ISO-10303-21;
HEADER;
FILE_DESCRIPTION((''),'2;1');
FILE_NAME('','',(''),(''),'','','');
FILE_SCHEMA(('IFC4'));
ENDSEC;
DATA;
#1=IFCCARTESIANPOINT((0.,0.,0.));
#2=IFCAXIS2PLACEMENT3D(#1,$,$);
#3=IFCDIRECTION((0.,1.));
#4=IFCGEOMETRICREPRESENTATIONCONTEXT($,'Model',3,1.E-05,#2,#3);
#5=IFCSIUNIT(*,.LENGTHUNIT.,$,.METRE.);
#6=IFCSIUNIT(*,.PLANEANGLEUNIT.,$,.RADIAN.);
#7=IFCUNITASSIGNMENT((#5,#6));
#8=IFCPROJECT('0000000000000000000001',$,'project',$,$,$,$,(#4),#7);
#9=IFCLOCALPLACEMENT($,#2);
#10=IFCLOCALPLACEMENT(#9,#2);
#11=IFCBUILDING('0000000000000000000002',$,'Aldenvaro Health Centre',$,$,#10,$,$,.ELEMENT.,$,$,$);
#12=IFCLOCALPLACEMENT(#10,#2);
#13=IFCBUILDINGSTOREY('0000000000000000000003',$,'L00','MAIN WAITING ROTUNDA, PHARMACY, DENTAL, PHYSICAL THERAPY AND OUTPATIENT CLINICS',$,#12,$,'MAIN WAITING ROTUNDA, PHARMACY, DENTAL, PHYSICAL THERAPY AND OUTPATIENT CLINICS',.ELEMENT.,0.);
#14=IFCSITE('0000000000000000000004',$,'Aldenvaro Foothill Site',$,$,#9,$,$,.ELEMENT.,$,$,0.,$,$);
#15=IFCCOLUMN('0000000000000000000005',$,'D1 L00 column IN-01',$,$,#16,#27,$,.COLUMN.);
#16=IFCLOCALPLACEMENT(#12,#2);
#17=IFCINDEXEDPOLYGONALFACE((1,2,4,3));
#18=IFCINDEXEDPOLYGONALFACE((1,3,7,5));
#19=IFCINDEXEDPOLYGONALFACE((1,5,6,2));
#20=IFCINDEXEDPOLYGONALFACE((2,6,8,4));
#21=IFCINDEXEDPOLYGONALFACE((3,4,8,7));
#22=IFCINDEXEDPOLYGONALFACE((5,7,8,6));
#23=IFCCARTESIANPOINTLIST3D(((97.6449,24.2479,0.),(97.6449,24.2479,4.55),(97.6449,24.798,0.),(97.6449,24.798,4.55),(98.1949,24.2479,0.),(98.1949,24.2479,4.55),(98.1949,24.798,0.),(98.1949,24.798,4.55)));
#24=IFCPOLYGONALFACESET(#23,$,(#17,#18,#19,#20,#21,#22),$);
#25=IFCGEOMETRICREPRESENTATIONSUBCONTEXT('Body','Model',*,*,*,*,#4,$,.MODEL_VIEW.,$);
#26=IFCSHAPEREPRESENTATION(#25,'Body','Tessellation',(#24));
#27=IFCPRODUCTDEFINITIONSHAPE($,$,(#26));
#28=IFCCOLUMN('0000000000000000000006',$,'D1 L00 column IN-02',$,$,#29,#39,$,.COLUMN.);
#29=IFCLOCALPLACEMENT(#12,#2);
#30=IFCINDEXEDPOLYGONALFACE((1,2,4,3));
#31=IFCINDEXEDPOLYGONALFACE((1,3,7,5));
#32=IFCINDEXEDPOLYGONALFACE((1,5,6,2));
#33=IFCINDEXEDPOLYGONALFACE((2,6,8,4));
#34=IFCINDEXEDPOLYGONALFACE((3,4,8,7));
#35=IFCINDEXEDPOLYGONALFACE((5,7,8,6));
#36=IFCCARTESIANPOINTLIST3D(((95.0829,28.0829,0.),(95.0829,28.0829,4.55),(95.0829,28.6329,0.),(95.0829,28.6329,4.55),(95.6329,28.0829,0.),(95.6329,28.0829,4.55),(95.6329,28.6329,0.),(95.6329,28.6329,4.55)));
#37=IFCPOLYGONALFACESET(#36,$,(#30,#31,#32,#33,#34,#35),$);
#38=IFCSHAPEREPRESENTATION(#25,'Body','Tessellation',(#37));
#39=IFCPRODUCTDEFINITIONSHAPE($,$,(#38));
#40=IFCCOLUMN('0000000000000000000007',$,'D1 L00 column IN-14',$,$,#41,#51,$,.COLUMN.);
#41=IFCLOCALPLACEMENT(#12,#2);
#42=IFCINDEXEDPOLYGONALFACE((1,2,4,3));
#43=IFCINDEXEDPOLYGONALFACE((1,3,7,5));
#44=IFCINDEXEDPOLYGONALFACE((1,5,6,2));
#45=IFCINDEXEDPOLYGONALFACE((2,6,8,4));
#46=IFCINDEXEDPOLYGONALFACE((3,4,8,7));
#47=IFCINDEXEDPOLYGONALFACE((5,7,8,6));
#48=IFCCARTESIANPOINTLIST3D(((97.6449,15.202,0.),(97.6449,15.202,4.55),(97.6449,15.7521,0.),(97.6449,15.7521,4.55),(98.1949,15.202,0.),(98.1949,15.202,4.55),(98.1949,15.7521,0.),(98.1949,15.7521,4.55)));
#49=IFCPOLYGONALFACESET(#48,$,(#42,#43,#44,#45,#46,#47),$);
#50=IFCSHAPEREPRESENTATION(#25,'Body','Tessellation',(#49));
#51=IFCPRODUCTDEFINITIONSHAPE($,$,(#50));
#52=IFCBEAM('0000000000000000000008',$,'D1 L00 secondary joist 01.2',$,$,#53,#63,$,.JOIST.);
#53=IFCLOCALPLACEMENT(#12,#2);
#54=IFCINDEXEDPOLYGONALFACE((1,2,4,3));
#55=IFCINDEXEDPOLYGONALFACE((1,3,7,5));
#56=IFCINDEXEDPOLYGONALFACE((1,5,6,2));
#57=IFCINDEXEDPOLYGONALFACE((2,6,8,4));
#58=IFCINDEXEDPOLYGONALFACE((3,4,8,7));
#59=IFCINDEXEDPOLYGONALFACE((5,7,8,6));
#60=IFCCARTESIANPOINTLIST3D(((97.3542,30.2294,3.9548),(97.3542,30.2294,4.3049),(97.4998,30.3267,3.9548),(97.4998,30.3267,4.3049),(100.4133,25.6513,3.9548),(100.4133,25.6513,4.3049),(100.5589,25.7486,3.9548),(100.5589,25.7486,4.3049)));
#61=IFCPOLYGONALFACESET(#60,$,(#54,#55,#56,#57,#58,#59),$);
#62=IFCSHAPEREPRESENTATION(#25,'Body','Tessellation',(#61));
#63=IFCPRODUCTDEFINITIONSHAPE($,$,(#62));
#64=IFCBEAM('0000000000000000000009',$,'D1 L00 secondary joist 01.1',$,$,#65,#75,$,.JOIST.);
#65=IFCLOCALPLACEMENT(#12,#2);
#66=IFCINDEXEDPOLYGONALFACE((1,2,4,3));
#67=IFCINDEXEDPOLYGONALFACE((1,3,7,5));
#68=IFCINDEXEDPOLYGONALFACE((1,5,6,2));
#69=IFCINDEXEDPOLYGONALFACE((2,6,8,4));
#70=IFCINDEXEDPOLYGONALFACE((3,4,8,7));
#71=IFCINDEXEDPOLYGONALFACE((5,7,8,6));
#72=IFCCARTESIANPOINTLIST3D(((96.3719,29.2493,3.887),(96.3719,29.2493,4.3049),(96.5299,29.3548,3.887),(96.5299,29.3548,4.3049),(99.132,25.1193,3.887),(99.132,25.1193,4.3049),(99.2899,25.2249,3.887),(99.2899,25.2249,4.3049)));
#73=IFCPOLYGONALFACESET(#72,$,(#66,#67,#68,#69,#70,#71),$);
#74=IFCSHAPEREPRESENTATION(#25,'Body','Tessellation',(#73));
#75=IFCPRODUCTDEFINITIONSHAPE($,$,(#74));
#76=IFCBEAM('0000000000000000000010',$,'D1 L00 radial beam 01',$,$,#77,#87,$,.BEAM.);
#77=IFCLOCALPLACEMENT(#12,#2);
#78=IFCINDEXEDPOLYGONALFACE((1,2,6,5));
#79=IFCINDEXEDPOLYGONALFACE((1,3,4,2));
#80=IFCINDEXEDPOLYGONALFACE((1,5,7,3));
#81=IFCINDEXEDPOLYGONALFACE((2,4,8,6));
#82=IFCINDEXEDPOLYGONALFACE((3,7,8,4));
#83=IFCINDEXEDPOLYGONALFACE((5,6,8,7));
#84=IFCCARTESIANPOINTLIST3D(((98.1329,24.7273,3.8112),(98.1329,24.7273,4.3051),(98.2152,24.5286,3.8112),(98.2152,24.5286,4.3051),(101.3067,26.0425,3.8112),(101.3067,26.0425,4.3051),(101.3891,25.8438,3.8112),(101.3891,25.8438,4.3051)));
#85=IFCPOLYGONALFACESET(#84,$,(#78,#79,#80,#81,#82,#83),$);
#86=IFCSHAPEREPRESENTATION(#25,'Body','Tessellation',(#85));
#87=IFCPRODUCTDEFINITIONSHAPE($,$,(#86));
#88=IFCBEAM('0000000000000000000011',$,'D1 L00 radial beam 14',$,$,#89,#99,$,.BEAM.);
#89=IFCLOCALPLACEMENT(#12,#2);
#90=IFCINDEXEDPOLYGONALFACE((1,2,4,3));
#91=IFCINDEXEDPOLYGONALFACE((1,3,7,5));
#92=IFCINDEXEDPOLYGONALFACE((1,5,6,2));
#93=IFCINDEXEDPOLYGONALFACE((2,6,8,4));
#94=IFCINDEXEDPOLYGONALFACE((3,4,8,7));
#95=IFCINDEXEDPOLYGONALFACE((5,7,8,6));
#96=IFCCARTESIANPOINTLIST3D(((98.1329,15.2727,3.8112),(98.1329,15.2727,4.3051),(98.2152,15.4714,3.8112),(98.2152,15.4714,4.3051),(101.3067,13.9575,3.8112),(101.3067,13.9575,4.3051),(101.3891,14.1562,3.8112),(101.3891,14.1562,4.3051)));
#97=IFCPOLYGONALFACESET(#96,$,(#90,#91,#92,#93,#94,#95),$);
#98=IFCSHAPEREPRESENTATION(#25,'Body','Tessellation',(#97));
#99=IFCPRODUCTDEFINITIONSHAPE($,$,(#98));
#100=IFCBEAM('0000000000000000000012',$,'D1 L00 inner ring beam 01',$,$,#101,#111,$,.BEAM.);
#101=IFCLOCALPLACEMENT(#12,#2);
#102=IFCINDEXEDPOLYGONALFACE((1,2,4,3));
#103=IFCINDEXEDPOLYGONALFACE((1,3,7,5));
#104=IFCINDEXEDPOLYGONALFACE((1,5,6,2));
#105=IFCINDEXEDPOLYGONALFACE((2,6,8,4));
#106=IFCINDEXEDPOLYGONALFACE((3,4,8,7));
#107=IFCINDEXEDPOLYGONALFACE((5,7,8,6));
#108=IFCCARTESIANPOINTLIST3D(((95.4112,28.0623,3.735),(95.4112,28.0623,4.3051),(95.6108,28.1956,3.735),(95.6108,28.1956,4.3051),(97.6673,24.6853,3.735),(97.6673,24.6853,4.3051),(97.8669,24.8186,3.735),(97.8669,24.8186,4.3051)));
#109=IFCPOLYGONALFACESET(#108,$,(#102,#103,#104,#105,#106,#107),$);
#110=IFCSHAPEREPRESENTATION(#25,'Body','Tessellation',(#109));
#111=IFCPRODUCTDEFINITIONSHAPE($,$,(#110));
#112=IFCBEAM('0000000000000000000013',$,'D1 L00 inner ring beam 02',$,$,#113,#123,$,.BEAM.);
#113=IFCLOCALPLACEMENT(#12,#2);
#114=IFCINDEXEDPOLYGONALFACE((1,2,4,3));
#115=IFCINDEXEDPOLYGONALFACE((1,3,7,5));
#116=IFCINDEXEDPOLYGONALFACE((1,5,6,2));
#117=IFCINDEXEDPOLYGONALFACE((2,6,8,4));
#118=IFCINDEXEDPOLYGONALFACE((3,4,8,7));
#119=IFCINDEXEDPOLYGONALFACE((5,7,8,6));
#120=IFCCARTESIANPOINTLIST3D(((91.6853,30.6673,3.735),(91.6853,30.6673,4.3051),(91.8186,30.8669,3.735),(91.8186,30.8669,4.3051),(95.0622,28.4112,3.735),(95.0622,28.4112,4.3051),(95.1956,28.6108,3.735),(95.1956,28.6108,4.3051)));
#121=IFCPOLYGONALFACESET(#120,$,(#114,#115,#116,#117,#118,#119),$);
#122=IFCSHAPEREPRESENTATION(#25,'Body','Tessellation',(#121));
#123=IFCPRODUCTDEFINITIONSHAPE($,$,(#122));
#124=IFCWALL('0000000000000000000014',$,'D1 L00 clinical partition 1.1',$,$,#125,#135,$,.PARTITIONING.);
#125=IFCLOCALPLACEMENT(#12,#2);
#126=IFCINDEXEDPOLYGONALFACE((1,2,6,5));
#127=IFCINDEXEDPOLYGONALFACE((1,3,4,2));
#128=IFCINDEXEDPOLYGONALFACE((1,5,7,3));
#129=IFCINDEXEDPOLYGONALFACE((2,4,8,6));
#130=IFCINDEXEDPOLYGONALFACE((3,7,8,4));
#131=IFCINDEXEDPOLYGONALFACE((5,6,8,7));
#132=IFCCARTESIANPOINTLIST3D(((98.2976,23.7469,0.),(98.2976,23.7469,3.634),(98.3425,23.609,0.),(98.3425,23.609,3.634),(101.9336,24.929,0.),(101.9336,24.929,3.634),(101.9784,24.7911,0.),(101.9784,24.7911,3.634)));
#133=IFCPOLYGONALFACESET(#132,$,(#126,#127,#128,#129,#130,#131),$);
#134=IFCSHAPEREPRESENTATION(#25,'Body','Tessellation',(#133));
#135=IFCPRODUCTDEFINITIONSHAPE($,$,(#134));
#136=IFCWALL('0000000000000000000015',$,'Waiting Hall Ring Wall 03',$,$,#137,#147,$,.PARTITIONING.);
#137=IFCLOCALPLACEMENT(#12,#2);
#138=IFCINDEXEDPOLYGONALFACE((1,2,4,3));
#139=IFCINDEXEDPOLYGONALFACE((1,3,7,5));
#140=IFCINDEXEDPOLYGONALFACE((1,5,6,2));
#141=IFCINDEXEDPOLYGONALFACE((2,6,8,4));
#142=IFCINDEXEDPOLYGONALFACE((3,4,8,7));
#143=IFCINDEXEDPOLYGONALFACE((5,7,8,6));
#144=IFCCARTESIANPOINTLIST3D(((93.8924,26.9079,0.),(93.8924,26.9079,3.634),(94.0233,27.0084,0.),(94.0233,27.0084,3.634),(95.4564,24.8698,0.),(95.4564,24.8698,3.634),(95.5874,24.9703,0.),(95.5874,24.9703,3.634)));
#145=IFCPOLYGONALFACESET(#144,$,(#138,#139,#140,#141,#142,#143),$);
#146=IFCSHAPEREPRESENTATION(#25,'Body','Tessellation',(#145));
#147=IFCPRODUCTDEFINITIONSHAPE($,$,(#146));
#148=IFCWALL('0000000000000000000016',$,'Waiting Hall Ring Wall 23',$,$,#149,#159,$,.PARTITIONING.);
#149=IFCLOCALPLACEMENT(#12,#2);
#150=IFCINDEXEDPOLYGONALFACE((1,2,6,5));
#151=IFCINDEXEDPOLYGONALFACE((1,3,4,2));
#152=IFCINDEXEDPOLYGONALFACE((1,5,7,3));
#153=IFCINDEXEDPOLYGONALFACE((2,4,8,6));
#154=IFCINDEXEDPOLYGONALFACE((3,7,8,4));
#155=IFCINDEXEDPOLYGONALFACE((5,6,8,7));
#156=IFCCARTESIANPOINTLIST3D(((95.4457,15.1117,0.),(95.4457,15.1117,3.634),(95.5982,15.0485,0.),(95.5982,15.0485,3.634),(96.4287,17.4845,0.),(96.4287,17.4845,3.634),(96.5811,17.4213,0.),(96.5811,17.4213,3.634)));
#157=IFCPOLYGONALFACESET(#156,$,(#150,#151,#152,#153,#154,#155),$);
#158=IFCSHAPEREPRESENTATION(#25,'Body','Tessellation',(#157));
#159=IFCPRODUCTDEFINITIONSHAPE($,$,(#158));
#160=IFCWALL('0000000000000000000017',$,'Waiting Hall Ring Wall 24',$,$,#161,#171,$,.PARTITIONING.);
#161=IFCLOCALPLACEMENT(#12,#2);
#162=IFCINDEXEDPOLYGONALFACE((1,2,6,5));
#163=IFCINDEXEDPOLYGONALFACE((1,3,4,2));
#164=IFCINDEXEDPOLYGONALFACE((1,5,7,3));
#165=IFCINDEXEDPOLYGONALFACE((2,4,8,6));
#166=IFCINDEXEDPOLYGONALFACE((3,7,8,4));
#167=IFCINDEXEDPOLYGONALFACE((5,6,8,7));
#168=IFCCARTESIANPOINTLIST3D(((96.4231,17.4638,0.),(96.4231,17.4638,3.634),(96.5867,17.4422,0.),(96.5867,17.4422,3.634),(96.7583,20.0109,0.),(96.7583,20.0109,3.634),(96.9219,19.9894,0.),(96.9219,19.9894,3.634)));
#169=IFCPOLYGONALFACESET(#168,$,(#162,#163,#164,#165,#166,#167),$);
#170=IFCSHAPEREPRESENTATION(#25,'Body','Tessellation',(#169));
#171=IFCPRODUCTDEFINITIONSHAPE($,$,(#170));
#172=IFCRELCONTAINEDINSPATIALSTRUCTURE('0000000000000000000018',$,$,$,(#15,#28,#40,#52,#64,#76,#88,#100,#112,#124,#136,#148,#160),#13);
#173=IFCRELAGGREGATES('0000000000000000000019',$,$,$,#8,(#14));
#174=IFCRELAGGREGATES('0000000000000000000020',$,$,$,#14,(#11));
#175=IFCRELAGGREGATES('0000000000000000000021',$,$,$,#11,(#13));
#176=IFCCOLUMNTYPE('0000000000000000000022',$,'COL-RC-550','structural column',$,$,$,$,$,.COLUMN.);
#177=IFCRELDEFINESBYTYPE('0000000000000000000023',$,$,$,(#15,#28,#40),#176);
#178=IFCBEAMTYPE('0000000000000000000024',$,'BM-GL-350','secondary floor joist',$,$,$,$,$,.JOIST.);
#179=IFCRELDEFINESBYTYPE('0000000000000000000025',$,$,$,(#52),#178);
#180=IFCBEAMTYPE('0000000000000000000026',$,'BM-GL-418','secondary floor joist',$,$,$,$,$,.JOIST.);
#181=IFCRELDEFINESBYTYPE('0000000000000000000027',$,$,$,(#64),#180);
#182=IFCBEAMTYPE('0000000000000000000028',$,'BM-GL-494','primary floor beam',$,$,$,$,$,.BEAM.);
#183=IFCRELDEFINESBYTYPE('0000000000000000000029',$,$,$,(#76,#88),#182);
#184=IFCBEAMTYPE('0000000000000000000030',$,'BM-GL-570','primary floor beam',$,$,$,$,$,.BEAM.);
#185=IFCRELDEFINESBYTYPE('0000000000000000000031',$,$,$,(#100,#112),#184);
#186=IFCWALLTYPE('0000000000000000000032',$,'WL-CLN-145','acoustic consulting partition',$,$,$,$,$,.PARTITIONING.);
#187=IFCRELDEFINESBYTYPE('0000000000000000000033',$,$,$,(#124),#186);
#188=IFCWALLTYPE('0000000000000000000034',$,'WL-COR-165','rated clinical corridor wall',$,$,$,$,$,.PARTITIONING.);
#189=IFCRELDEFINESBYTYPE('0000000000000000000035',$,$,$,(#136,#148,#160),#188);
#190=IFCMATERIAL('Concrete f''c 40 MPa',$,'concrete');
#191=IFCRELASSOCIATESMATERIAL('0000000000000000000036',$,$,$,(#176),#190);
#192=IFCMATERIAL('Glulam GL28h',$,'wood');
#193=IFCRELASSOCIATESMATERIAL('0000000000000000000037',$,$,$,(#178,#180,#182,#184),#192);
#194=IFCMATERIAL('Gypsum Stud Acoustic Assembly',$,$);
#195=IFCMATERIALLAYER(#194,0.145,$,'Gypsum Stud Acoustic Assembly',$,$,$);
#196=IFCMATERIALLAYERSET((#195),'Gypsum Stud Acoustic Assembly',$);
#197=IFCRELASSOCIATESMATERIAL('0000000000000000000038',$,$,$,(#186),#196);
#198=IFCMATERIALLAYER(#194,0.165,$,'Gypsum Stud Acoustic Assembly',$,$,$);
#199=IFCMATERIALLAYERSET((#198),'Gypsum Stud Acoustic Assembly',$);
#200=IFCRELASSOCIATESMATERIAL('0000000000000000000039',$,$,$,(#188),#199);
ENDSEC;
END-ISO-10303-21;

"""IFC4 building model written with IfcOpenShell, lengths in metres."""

from ifc_helpers import new_model, si_unit, direction, frame, frame_2d, origin, origin_2d, place, context, subcontext, project, spatial, rectangle, extrude, material, layer, layer_set, material_profile, profile_set, type_object, element, save


model = new_model("IFC4")

# Units and contexts
model_context = context("Model", 3, precision=1e-05, world=origin(), true_north=direction((0.0, 1.0)))
body_context = subcontext(model_context, "Body", "Model", "MODEL_VIEW")
ifc_project = project(units=[si_unit("LENGTHUNIT", "METRE"), si_unit("PLANEANGLEUNIT", "RADIAN")], contexts=[model_context])

# Site, building, storey
site_placement = place(None, origin())
site = spatial("IfcSite", under=ifc_project, at=site_placement, Name="Aldenvaro Foothill Site", CompositionType="ELEMENT", RefElevation=0.0)
building_placement = place(site_placement, origin())
building = spatial("IfcBuilding", under=site, at=building_placement, Name="Aldenvaro Health Centre", CompositionType="ELEMENT")
storey_placement = place(building_placement, origin())
storey = spatial("IfcBuildingStorey", under=building, at=storey_placement, Name="L00", Description="MAIN WAITING ROTUNDA, PHARMACY, DENTAL, PHYSICAL THERAPY AND OUTPATIENT CLINICS", LongName="MAIN WAITING ROTUNDA, PHARMACY, DENTAL, PHYSICAL THERAPY AND OUTPATIENT CLINICS", CompositionType="ELEMENT", Elevation=0.0)

# Columns
ifc_material_1 = material(Name="Concrete f'c 40 MPa", Category="concrete")
ifc_material_profile_1 = material_profile(ifc_material_1, rectangle(XDim=0.55, YDim=0.55, at=origin_2d()), Name="RC 550x550", Category="concrete")
ifc_profile_set_1 = profile_set([ifc_material_profile_1], Name="Concrete f'c 40 MPa")
column_type = type_object("IfcColumnType", Name="COL-RC-550", Description="structural column", PredefinedType="COLUMN", material=ifc_profile_set_1)
for number, where, z_axis, x_axis, name in (
    (1, (97.9199, 24.5229, 0.0), (0.0, 0.0, 1.0), (1.0, 0.0, 0.0), "D1 L00 column IN-01"),
    (2, (95.3579, 28.3579, 0.0), (0.0, 0.0, 1.0), (1.0, 0.0, 0.0), "D1 L00 column IN-02"),
    (3, (97.9199, 15.4771, 0.0), (0.0, 0.0, 1.0), (1.0, 0.0, 0.0), "D1 L00 column IN-14"),
):
    element("IfcColumn", number, at=place(storey_placement, frame(where, z_axis=z_axis, x_axis=x_axis)), inside=storey, type_object=column_type, Name=name, PredefinedType="COLUMN", context=body_context, shape_type="SweptSolid", body=[
        extrude(rectangle(XDim=0.55, YDim=0.55, at=origin_2d()), origin(), (0.0, 0.0, 1.0), 4.55),
    ])

# Beams
ifc_material_2 = material(Name="Glulam GL28h", Category="wood")
ifc_material_profile_2 = material_profile(ifc_material_2, rectangle(XDim=0.175, YDim=0.3501, at=origin_2d()), Name="GL 175x350", Category="wood")
ifc_profile_set_2 = profile_set([ifc_material_profile_2], Name="Glulam GL28h")
beam_type_1 = type_object("IfcBeamType", Name="BM-GL-350", Description="secondary floor joist", PredefinedType="JOIST", material=ifc_profile_set_2)
beam_1_placement = place(storey_placement, frame((100.4861, 25.7, 4.1299), z_axis=(-0.55558, 0.831463, 0.0), x_axis=(-0.831463, -0.55558, 0.0)))
element("IfcBeam", 4, at=beam_1_placement, inside=storey, type_object=beam_type_1, Name="D1 L00 secondary joist 01.2", PredefinedType="JOIST", context=body_context, shape_type="SweptSolid", body=[
    extrude(rectangle(XDim=0.175, YDim=0.3501, at=origin_2d()), origin(), (0.0, 0.0, 1.0), 5.5061),
])
ifc_material_profile_3 = material_profile(ifc_material_2, rectangle(XDim=0.1899, YDim=0.418, at=origin_2d()), Name="GL 190x418", Category="wood")
ifc_profile_set_3 = profile_set([ifc_material_profile_3], Name="Glulam GL28h")
beam_type_2 = type_object("IfcBeamType", Name="BM-GL-418", Description="secondary floor joist", PredefinedType="JOIST", material=ifc_profile_set_3)
beam_2_placement = place(storey_placement, frame((99.2109, 25.1721, 4.0959), z_axis=(-0.555641, 0.831422, 0.0), x_axis=(-0.831422, -0.555641, 0.0)))
element("IfcBeam", 5, at=beam_2_placement, inside=storey, type_object=beam_type_2, Name="D1 L00 secondary joist 01.1", PredefinedType="JOIST", context=body_context, shape_type="SweptSolid", body=[
    extrude(rectangle(XDim=0.1899, YDim=0.418, at=origin_2d()), origin(), (0.0, 0.0, 1.0), 4.9673),
])
ifc_material_profile_4 = material_profile(ifc_material_2, rectangle(XDim=0.2151, YDim=0.4939, at=origin_2d()), Name="GL 215x494", Category="wood")
ifc_profile_set_4 = profile_set([ifc_material_profile_4], Name="Glulam GL28h")
beam_type_3 = type_object("IfcBeamType", Name="BM-GL-494", Description="primary floor beam", PredefinedType="BEAM", material=ifc_profile_set_4)
for number, where, z_axis, x_axis, name in (
    (6, (98.1741, 24.6279, 4.0581), (0.923824, 0.382818, 0.0), (-0.382818, 0.923824, 0.0), "D1 L00 radial beam 01"),
    (7, (98.1741, 15.3721, 4.0581), (0.923824, -0.382818, 0.0), (0.382818, 0.923824, 0.0), "D1 L00 radial beam 14"),
):
    element("IfcBeam", number, at=place(storey_placement, frame(where, z_axis=z_axis, x_axis=x_axis)), inside=storey, type_object=beam_type_3, Name=name, PredefinedType="BEAM", context=body_context, shape_type="SweptSolid", body=[
        extrude(rectangle(XDim=0.2151, YDim=0.4939, at=origin_2d()), origin(), (0.0, 0.0, 1.0), 3.4355),
    ])
ifc_material_profile_5 = material_profile(ifc_material_2, rectangle(XDim=0.24, YDim=0.5701, at=origin_2d()), Name="GL 240x570", Category="wood")
ifc_profile_set_5 = profile_set([ifc_material_profile_5], Name="Glulam GL28h")
beam_type_4 = type_object("IfcBeamType", Name="BM-GL-570", Description="primary floor beam", PredefinedType="BEAM", material=ifc_profile_set_5)
for number, where, z_axis, x_axis, name in (
    (8, (97.7671, 24.752, 4.02), (-0.555518, 0.831504, 0.0), (-0.831504, -0.555518, 0.0), "D1 L00 inner ring beam 01"),
    (9, (95.1289, 28.511, 4.02), (-0.831504, 0.555518, 0.0), (-0.555518, -0.831504, 0.0), "D1 L00 inner ring beam 02"),
):
    element("IfcBeam", number, at=place(storey_placement, frame(where, z_axis=z_axis, x_axis=x_axis)), inside=storey, type_object=beam_type_4, Name=name, PredefinedType="BEAM", context=body_context, shape_type="SweptSolid", body=[
        extrude(rectangle(XDim=0.24, YDim=0.5701, at=origin_2d()), origin(), (0.0, 0.0, 1.0), 4.0613),
    ])

# Wall
ifc_material_3 = material(Name="Gypsum Stud Acoustic Assembly")
ifc_layer_1 = layer(ifc_material_3, 0.145, Name="Gypsum Stud Acoustic Assembly")
ifc_layer_set_1 = layer_set([ifc_layer_1], Name="Gypsum Stud Acoustic Assembly")
wall_type_1 = type_object("IfcWallType", Name="WL-CLN-145", Description="acoustic consulting partition", PredefinedType="PARTITIONING", material=ifc_layer_set_1)
wall_1_placement = place(storey_placement, frame((98.3201, 23.678, 0.0), z_axis=(0.0, 0.0, 1.0), x_axis=(0.951001, 0.309189, 0.0)))
element("IfcWall", 10, at=wall_1_placement, inside=storey, type_object=wall_type_1, Name="D1 L00 clinical partition 1.1", PredefinedType="PARTITIONING", context=body_context, shape_type="SweptSolid", body=[
    extrude(rectangle(XDim=3.8232, YDim=0.145, at=frame_2d((1.9116, 0.0))), origin(), (0.0, 0.0, 1.0), 3.634),
])

# Shared definitions
ifc_layer_2 = layer(ifc_material_3, 0.165, Name="Gypsum Stud Acoustic Assembly")
ifc_layer_set_2 = layer_set([ifc_layer_2], Name="Gypsum Stud Acoustic Assembly")
wall_type_2 = type_object("IfcWallType", Name="WL-COR-165", Description="rated clinical corridor wall", PredefinedType="PARTITIONING", material=ifc_layer_set_2)

# Walls
wall_2_placement = place(storey_placement, frame((95.522, 24.9199, 0.0), z_axis=(0.0, 0.0, 1.0), x_axis=(-0.608783, 0.793337, 0.0)))
element("IfcWall", 11, at=wall_2_placement, inside=storey, type_object=wall_type_2, Name="Waiting Hall Ring Wall 03", PredefinedType="PARTITIONING", context=body_context, shape_type="SweptSolid", body=[
    extrude(rectangle(XDim=2.5691, YDim=0.165, at=frame_2d((1.2847, 0.0))), origin(), (0.0, 0.0, 1.0), 3.634),
])
wall_3_placement = place(storey_placement, frame((95.522, 15.0801, 0.0), z_axis=(0.0, 0.0, 1.0), x_axis=(0.382704, 0.923871, 0.0)))
element("IfcWall", 12, at=wall_3_placement, inside=storey, type_object=wall_type_2, Name="Waiting Hall Ring Wall 23", PredefinedType="PARTITIONING", context=body_context, shape_type="SweptSolid", body=[
    extrude(rectangle(XDim=2.5684, YDim=0.165, at=frame_2d((1.2842, 0.0))), origin(), (0.0, 0.0, 1.0), 3.634),
])
wall_4_placement = place(storey_placement, frame((96.5049, 17.4529, 0.0), z_axis=(0.0, 0.0, 1.0), x_axis=(0.130477, 0.991451, 0.0)))
element("IfcWall", 13, at=wall_4_placement, inside=storey, type_object=wall_type_2, Name="Waiting Hall Ring Wall 24", PredefinedType="PARTITIONING", context=body_context, shape_type="SweptSolid", body=[
    extrude(rectangle(XDim=2.5691, YDim=0.165, at=frame_2d((1.2847, 0.0))), origin(), (0.0, 0.0, 1.0), 3.634),
])

save(model, "model.ifc")
